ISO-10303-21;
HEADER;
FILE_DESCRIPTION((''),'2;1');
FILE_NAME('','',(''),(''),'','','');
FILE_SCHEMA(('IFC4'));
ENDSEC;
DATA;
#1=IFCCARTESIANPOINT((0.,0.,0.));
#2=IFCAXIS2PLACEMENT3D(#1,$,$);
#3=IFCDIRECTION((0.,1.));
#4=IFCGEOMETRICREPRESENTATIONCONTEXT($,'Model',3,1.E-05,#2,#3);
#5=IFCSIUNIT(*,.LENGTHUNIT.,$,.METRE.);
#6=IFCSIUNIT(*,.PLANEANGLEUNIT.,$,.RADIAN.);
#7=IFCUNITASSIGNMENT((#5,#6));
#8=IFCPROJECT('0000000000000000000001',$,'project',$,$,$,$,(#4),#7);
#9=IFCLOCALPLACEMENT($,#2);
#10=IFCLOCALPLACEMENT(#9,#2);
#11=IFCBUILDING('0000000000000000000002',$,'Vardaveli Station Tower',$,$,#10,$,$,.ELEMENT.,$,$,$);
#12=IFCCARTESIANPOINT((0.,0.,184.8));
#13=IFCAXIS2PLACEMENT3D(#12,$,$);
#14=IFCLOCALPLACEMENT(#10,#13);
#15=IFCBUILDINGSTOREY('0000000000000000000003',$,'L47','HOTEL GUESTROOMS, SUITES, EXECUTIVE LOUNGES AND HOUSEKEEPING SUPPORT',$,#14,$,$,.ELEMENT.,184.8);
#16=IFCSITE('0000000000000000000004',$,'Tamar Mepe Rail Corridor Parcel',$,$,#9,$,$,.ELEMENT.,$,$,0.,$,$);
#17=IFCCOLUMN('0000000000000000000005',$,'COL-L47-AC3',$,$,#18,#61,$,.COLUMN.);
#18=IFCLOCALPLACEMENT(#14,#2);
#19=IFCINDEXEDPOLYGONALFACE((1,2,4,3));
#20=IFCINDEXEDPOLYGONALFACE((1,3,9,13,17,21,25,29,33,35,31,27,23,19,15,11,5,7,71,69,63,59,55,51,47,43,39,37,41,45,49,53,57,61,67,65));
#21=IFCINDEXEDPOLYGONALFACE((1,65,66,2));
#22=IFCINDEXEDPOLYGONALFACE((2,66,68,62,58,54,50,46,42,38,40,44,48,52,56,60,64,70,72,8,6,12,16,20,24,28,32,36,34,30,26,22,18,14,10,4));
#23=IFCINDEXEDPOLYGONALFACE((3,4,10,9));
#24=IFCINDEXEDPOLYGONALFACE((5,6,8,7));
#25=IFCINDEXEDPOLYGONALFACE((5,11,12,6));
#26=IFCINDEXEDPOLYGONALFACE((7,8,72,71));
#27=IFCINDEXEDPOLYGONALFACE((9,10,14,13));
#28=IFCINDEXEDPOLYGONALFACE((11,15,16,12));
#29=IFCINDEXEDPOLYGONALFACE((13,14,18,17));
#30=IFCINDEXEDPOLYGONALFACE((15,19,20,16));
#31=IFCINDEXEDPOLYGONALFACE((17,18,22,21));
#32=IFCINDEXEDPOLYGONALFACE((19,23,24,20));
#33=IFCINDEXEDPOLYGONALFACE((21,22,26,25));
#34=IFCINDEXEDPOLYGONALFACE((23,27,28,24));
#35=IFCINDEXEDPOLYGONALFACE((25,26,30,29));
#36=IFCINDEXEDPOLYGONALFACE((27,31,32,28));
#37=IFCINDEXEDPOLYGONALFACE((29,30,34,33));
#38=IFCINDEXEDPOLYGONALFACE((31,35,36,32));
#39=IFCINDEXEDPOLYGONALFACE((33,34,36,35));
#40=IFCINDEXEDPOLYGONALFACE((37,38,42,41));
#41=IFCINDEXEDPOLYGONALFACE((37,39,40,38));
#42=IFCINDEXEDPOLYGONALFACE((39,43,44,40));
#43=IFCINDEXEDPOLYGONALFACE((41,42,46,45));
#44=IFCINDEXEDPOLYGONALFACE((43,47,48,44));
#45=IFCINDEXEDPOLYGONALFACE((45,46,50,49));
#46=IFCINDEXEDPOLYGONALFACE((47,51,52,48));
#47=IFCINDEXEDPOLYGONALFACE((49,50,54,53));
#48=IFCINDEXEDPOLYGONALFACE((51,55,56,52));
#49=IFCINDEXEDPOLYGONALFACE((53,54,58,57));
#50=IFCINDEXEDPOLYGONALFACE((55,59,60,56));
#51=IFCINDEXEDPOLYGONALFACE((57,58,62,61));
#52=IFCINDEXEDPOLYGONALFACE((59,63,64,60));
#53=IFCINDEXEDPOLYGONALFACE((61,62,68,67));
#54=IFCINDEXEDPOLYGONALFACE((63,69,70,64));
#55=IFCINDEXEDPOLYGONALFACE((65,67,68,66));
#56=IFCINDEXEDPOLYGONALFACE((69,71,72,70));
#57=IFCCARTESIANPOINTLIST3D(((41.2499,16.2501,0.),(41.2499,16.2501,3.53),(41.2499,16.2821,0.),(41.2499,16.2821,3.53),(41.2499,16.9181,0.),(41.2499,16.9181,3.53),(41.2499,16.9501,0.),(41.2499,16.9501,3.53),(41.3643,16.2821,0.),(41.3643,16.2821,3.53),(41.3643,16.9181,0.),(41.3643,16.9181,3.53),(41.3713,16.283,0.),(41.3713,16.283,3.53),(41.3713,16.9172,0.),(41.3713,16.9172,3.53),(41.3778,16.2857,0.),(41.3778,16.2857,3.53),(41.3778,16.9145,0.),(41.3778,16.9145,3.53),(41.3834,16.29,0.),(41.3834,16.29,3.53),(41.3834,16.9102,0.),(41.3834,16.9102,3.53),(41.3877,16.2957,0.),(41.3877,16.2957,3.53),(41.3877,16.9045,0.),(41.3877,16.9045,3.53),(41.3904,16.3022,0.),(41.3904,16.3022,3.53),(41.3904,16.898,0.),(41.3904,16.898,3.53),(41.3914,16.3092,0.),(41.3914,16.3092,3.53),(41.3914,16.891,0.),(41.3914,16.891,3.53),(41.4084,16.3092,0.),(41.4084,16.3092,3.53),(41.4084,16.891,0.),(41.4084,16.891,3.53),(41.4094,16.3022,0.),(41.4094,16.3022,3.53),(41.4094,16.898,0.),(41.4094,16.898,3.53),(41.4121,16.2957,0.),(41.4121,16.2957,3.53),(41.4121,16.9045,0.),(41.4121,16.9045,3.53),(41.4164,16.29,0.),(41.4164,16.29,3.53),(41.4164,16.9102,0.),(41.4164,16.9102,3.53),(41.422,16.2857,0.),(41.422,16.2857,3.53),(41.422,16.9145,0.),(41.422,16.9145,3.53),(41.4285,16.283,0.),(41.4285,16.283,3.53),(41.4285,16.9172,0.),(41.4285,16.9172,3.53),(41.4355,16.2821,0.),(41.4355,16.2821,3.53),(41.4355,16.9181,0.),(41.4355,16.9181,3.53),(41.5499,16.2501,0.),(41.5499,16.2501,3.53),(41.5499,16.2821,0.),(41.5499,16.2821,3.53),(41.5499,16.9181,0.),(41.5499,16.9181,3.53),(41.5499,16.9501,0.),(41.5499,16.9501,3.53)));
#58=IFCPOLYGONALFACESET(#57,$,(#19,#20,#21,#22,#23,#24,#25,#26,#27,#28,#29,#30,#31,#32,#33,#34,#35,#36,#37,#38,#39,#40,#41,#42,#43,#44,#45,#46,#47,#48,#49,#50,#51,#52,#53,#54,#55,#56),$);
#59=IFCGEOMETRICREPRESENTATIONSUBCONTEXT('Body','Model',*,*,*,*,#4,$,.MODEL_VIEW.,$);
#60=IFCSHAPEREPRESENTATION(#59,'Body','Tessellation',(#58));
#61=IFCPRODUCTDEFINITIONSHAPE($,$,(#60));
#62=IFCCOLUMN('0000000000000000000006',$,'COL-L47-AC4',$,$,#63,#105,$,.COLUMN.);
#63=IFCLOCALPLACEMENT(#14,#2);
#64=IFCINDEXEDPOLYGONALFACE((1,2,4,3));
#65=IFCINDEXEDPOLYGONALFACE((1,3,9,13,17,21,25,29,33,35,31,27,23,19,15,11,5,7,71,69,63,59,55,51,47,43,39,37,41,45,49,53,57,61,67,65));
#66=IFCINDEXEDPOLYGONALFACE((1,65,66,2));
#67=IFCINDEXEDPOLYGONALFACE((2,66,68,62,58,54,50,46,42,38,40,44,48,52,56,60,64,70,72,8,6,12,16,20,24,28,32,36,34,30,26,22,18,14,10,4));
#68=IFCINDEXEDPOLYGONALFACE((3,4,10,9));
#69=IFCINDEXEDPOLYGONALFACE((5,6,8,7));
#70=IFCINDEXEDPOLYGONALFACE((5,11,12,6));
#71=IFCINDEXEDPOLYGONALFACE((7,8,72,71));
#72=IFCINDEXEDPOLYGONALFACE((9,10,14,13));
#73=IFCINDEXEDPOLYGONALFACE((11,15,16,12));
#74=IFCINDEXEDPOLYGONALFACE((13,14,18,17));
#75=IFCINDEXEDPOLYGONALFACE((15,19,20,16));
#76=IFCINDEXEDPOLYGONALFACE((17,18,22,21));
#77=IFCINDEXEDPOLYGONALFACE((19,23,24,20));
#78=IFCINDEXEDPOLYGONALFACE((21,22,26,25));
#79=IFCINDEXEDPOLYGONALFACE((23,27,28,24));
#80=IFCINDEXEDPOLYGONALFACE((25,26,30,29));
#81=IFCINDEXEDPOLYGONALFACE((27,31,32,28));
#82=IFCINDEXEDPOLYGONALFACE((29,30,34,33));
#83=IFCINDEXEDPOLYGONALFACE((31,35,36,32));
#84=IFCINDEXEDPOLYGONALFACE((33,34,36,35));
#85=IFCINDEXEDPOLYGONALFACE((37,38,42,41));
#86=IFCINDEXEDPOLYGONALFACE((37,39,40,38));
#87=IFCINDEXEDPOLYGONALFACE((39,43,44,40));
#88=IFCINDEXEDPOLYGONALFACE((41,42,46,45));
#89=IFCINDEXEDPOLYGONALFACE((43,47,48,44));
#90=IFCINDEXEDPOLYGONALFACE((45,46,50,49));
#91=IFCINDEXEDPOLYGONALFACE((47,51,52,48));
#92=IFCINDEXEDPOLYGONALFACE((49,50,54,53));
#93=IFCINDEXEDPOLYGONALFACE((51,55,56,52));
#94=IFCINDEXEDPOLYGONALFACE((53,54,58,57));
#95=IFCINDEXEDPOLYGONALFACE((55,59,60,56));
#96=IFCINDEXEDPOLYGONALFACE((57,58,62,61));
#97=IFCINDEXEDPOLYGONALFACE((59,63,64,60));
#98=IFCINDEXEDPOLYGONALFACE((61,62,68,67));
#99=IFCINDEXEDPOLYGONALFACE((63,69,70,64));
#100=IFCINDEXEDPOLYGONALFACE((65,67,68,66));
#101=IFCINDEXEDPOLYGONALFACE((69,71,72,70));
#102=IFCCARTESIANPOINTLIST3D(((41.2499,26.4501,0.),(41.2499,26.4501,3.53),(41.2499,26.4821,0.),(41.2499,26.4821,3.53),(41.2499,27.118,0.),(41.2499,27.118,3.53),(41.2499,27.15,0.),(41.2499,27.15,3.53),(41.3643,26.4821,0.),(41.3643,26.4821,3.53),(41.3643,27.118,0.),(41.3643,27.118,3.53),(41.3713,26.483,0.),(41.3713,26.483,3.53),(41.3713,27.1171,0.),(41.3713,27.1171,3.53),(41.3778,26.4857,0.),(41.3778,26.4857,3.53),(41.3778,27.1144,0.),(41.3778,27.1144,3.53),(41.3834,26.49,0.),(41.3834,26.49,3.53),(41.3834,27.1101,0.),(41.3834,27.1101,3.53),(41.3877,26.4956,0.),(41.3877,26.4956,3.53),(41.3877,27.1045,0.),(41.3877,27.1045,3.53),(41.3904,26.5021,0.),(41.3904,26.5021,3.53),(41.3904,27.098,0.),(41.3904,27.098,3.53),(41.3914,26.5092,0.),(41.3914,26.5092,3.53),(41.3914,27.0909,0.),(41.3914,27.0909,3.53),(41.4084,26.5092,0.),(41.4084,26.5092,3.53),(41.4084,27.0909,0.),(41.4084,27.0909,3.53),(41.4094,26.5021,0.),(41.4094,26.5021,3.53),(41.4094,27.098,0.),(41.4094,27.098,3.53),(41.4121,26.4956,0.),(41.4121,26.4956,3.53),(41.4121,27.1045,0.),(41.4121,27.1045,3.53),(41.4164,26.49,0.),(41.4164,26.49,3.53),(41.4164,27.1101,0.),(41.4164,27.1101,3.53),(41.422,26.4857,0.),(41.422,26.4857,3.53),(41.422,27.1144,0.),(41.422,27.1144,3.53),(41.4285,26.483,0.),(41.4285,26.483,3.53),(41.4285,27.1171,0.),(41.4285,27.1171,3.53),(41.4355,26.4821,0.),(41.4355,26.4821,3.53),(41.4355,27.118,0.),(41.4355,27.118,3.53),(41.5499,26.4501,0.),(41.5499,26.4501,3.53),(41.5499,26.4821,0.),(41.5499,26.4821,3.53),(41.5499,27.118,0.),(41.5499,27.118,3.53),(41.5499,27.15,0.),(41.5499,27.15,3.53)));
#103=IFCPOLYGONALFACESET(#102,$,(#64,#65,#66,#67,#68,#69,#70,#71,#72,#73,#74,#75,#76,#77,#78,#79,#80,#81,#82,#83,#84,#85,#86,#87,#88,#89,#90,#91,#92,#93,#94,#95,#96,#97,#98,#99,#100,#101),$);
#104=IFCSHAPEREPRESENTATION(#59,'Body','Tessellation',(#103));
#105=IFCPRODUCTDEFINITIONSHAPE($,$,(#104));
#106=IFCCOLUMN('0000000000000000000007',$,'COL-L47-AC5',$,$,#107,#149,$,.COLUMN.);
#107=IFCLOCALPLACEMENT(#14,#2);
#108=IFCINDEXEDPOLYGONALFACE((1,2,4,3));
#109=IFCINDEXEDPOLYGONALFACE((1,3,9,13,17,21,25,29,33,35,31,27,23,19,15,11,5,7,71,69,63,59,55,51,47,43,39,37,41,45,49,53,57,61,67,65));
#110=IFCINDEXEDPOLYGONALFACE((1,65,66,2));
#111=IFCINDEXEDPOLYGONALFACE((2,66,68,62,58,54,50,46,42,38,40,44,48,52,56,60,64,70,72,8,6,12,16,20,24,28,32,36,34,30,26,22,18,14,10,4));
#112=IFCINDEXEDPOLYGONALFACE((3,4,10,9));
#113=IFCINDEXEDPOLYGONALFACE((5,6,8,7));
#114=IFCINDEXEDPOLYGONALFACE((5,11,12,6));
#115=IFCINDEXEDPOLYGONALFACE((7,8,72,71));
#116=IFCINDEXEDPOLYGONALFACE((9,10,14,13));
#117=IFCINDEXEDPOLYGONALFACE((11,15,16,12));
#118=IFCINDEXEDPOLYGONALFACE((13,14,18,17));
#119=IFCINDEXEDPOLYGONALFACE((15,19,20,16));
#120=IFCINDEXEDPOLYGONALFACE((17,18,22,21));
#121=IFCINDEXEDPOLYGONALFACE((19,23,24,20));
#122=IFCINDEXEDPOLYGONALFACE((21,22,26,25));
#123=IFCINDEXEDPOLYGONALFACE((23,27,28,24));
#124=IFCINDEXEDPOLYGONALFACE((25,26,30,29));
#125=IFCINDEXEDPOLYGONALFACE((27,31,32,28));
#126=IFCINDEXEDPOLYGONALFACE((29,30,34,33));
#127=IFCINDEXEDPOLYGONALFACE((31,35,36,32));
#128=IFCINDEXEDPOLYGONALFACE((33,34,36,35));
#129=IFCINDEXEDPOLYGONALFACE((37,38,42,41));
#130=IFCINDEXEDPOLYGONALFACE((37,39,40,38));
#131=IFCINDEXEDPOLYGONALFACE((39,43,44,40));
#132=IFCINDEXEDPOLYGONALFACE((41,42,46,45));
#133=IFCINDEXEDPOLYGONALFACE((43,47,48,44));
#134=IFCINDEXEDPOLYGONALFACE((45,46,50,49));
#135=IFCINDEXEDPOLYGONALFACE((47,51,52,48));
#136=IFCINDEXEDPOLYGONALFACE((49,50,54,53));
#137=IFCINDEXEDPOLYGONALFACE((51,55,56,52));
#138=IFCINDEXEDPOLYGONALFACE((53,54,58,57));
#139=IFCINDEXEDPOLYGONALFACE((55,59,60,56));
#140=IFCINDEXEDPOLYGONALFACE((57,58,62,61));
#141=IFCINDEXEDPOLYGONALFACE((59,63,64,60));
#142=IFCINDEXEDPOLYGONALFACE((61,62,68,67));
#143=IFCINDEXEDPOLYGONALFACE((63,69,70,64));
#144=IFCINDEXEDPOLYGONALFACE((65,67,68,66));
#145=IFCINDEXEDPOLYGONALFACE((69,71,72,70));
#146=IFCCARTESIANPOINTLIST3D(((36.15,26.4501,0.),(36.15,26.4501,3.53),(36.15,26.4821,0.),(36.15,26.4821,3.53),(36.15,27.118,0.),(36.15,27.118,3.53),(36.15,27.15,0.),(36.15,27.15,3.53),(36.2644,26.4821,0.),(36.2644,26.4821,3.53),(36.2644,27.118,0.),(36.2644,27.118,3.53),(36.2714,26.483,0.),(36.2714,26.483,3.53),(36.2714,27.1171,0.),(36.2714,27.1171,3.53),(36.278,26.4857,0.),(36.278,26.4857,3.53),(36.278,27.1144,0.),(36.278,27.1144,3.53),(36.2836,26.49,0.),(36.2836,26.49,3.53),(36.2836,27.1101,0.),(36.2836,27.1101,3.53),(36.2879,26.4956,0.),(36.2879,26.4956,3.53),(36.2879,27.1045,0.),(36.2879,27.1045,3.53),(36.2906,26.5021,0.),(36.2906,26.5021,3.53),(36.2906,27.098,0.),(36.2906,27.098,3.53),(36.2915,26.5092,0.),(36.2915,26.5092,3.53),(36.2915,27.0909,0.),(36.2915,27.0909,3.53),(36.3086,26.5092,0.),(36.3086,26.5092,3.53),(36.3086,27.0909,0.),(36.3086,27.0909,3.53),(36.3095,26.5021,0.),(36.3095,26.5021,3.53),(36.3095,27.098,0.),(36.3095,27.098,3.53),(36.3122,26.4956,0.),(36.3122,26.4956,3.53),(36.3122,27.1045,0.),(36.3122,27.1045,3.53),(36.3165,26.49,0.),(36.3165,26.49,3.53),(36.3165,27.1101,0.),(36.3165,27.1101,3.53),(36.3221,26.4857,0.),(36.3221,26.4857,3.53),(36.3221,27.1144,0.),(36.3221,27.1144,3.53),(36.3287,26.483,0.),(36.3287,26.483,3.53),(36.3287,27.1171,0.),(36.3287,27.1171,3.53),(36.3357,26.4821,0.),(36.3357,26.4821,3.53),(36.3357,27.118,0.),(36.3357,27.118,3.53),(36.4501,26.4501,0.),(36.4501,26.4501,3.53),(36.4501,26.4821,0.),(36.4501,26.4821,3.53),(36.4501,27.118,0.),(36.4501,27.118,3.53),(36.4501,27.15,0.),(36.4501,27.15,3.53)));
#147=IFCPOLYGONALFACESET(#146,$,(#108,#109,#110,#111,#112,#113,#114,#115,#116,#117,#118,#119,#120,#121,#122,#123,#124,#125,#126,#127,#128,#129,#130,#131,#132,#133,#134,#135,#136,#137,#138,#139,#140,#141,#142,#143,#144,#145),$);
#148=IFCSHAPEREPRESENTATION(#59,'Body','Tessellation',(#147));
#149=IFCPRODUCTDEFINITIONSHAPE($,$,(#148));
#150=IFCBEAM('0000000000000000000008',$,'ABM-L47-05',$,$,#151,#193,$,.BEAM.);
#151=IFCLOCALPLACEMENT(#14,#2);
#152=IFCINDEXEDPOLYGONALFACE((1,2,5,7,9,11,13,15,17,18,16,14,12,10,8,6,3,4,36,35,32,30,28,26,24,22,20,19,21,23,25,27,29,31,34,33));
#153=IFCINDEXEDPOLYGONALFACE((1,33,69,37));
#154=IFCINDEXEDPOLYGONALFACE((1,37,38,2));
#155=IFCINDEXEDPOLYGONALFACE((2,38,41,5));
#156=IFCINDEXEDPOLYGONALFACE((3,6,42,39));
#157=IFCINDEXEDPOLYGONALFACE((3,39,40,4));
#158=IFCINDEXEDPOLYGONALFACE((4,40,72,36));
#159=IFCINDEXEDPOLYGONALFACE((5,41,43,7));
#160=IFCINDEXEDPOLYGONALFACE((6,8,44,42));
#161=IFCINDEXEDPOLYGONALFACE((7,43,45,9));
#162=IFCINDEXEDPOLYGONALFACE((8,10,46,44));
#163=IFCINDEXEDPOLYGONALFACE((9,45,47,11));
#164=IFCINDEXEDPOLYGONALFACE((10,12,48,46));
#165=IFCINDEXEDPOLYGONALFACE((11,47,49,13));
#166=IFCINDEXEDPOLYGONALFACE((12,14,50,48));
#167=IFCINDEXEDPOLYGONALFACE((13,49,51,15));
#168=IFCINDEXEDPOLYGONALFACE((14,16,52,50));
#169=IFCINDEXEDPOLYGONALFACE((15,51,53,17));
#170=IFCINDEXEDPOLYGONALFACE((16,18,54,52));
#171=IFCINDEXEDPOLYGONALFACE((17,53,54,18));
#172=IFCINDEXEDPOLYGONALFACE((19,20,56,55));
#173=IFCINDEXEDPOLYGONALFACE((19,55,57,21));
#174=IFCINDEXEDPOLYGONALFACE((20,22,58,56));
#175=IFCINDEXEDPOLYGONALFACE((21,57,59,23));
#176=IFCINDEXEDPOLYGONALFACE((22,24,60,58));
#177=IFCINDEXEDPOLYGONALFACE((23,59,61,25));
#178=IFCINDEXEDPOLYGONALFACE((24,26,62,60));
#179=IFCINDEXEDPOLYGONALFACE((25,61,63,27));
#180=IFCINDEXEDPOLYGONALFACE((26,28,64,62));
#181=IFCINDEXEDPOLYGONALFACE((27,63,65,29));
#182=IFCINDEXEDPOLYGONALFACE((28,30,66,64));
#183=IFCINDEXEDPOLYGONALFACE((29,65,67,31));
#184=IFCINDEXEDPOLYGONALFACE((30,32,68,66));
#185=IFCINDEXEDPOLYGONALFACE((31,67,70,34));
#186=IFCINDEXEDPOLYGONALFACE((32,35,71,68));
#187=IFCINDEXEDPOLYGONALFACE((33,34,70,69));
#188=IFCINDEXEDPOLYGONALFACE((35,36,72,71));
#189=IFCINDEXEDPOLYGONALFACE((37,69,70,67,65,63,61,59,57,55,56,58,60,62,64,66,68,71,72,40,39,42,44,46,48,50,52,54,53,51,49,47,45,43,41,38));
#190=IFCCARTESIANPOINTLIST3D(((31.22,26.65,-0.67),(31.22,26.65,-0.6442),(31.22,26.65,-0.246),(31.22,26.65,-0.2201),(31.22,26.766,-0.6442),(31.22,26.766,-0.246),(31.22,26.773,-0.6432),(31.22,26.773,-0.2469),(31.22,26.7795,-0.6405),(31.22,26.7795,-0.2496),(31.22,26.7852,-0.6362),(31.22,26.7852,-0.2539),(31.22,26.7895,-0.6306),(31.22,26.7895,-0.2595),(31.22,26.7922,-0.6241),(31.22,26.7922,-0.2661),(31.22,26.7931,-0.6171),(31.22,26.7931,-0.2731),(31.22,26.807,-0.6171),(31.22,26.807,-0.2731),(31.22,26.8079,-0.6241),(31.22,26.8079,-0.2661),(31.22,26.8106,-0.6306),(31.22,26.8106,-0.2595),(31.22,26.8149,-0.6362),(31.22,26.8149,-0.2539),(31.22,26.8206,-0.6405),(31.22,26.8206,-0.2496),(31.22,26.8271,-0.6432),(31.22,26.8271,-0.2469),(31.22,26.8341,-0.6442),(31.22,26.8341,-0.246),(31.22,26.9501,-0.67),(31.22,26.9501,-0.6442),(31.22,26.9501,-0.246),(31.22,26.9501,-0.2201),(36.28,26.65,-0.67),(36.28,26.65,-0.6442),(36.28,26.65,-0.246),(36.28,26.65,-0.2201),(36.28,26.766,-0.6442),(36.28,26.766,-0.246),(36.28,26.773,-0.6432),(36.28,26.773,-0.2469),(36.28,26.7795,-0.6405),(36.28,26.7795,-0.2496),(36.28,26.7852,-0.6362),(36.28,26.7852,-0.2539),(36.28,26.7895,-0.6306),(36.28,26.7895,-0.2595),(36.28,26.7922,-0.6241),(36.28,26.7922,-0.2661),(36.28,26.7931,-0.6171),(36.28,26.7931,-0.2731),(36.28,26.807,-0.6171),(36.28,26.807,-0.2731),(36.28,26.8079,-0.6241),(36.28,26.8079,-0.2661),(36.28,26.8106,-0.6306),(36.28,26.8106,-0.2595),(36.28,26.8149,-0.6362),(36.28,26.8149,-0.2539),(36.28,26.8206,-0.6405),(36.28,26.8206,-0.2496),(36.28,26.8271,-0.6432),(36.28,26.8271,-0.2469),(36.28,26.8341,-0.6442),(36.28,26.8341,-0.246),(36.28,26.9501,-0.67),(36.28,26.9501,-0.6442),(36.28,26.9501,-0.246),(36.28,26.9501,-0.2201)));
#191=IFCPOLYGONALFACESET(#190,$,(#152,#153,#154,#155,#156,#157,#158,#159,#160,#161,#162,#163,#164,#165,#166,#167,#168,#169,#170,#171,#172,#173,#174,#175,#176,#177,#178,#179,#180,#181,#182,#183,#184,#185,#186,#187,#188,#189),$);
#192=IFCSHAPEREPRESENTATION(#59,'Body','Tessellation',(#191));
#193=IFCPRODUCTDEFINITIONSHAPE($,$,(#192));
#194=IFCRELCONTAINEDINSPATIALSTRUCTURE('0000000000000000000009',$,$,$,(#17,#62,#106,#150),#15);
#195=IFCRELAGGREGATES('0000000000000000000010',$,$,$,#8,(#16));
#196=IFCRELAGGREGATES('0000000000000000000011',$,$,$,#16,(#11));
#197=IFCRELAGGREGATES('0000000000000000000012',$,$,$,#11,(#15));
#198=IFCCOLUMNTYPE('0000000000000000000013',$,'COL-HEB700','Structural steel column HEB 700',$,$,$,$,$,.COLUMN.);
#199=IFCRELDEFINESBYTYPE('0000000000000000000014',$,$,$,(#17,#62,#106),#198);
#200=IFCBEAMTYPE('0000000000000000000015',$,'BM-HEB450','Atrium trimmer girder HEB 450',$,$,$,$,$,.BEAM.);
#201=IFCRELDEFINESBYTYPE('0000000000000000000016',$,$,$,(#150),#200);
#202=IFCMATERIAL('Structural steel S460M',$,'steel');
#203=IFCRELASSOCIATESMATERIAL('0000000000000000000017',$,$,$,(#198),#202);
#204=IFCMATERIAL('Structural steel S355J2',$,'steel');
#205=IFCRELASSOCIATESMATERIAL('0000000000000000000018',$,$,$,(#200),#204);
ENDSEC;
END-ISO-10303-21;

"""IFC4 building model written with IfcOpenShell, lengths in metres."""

from ifc_helpers import new_model, si_unit, direction, frame, origin, origin_2d, place, context, subcontext, project, spatial, i_section, extrude, source, transform, mapped, material, material_profile, profile_set, type_object, element, save


model = new_model("IFC4")

# Units and contexts
model_context = context("Model", 3, precision=1e-05, world=origin(), true_north=direction((0.0, 1.0)))
body_context = subcontext(model_context, "Body", "Model", "MODEL_VIEW")
ifc_project = project(units=[si_unit("LENGTHUNIT", "METRE"), si_unit("PLANEANGLEUNIT", "RADIAN")], contexts=[model_context])

# Site, building, storey
site_placement = place(None, origin())
site = spatial("IfcSite", under=ifc_project, at=site_placement, Name="Tamar Mepe Rail Corridor Parcel", CompositionType="ELEMENT", RefElevation=0.0)
building_placement = place(site_placement, origin())
building = spatial("IfcBuilding", under=site, at=building_placement, Name="Vardaveli Station Tower", CompositionType="ELEMENT")
storey_placement = place(building_placement, frame((0.0, 0.0, 184.8)))
storey = spatial("IfcBuildingStorey", under=building, at=storey_placement, Name="L47", Description="HOTEL GUESTROOMS, SUITES, EXECUTIVE LOUNGES AND HOUSEKEEPING SUPPORT", CompositionType="ELEMENT", Elevation=184.8)

# Columns
ifc_material_1 = material(Name="Structural steel S460M", Category="steel")
ifc_material_profile_1 = material_profile(ifc_material_1, i_section(OverallWidth=0.3, OverallDepth=0.7, WebThickness=0.0171, FlangeThickness=0.032, FilletRadius=0.0271, at=origin_2d()), Name="HEB 700")
ifc_profile_set_1 = profile_set([ifc_material_profile_1], Name="Structural steel S460M")
column_type = type_object("IfcColumnType", Name="COL-HEB700", Description="Structural steel column HEB 700", PredefinedType="COLUMN", material=ifc_profile_set_1)
shared_shape_1 = source(origin(), body_context, "Body", "SweptSolid", [
    extrude(i_section(OverallWidth=0.3, OverallDepth=0.7, WebThickness=0.0171, FlangeThickness=0.032, FilletRadius=0.0271, at=origin_2d()), origin(), (0.0, 0.0, 1.0), 3.53),
])
for number, where, z_axis, x_axis, name in (
    (1, (41.3999, 16.6001, 0.0), (0.0, 0.0, 1.0), (1.0, 0.0, 0.0), "COL-L47-AC3"),
    (2, (41.3999, 26.8, 0.0), (0.0, 0.0, 1.0), (1.0, 0.0, 0.0), "COL-L47-AC4"),
    (3, (36.3, 26.8, 0.0), (0.0, 0.0, 1.0), (1.0, 0.0, 0.0), "COL-L47-AC5"),
):
    element("IfcColumn", number, at=place(storey_placement, frame(where, z_axis=z_axis, x_axis=x_axis)), inside=storey, type_object=column_type, Name=name, PredefinedType="COLUMN", context=body_context, shape_type="MappedRepresentation", body=[
        mapped(shared_shape_1, transform((0.0, 0.0, 0.0), scale=1.0)),
    ])

# Beam
ifc_material_2 = material(Name="Structural steel S355J2", Category="steel")
ifc_material_profile_2 = material_profile(ifc_material_2, i_section(OverallWidth=0.3, OverallDepth=0.45, WebThickness=0.0139, FlangeThickness=0.0259, FilletRadius=0.0271, at=origin_2d()), Name="HEB 450")
ifc_profile_set_2 = profile_set([ifc_material_profile_2], Name="Structural steel S355J2")
beam_type = type_object("IfcBeamType", Name="BM-HEB450", Description="Atrium trimmer girder HEB 450", PredefinedType="BEAM", material=ifc_profile_set_2)
shared_shape_2 = source(origin(), body_context, "Body", "SweptSolid", [
    extrude(i_section(OverallWidth=0.3, OverallDepth=0.45, WebThickness=0.0139, FlangeThickness=0.0259, FilletRadius=0.0271, at=origin_2d()), origin(), (0.0, 0.0, 1.0), 5.0601),
])
beam_1_placement = place(storey_placement, frame((36.28, 26.8, -0.4451), z_axis=(-1.0, 0.0, 0.0), x_axis=(0.0, -1.0, 0.0)))
element("IfcBeam", 4, at=beam_1_placement, inside=storey, type_object=beam_type, Name="ABM-L47-05", PredefinedType="BEAM", context=body_context, shape_type="MappedRepresentation", body=[
    mapped(shared_shape_2, transform((0.0, 0.0, 0.0), scale=1.0)),
])

save(model, "model.ifc")
